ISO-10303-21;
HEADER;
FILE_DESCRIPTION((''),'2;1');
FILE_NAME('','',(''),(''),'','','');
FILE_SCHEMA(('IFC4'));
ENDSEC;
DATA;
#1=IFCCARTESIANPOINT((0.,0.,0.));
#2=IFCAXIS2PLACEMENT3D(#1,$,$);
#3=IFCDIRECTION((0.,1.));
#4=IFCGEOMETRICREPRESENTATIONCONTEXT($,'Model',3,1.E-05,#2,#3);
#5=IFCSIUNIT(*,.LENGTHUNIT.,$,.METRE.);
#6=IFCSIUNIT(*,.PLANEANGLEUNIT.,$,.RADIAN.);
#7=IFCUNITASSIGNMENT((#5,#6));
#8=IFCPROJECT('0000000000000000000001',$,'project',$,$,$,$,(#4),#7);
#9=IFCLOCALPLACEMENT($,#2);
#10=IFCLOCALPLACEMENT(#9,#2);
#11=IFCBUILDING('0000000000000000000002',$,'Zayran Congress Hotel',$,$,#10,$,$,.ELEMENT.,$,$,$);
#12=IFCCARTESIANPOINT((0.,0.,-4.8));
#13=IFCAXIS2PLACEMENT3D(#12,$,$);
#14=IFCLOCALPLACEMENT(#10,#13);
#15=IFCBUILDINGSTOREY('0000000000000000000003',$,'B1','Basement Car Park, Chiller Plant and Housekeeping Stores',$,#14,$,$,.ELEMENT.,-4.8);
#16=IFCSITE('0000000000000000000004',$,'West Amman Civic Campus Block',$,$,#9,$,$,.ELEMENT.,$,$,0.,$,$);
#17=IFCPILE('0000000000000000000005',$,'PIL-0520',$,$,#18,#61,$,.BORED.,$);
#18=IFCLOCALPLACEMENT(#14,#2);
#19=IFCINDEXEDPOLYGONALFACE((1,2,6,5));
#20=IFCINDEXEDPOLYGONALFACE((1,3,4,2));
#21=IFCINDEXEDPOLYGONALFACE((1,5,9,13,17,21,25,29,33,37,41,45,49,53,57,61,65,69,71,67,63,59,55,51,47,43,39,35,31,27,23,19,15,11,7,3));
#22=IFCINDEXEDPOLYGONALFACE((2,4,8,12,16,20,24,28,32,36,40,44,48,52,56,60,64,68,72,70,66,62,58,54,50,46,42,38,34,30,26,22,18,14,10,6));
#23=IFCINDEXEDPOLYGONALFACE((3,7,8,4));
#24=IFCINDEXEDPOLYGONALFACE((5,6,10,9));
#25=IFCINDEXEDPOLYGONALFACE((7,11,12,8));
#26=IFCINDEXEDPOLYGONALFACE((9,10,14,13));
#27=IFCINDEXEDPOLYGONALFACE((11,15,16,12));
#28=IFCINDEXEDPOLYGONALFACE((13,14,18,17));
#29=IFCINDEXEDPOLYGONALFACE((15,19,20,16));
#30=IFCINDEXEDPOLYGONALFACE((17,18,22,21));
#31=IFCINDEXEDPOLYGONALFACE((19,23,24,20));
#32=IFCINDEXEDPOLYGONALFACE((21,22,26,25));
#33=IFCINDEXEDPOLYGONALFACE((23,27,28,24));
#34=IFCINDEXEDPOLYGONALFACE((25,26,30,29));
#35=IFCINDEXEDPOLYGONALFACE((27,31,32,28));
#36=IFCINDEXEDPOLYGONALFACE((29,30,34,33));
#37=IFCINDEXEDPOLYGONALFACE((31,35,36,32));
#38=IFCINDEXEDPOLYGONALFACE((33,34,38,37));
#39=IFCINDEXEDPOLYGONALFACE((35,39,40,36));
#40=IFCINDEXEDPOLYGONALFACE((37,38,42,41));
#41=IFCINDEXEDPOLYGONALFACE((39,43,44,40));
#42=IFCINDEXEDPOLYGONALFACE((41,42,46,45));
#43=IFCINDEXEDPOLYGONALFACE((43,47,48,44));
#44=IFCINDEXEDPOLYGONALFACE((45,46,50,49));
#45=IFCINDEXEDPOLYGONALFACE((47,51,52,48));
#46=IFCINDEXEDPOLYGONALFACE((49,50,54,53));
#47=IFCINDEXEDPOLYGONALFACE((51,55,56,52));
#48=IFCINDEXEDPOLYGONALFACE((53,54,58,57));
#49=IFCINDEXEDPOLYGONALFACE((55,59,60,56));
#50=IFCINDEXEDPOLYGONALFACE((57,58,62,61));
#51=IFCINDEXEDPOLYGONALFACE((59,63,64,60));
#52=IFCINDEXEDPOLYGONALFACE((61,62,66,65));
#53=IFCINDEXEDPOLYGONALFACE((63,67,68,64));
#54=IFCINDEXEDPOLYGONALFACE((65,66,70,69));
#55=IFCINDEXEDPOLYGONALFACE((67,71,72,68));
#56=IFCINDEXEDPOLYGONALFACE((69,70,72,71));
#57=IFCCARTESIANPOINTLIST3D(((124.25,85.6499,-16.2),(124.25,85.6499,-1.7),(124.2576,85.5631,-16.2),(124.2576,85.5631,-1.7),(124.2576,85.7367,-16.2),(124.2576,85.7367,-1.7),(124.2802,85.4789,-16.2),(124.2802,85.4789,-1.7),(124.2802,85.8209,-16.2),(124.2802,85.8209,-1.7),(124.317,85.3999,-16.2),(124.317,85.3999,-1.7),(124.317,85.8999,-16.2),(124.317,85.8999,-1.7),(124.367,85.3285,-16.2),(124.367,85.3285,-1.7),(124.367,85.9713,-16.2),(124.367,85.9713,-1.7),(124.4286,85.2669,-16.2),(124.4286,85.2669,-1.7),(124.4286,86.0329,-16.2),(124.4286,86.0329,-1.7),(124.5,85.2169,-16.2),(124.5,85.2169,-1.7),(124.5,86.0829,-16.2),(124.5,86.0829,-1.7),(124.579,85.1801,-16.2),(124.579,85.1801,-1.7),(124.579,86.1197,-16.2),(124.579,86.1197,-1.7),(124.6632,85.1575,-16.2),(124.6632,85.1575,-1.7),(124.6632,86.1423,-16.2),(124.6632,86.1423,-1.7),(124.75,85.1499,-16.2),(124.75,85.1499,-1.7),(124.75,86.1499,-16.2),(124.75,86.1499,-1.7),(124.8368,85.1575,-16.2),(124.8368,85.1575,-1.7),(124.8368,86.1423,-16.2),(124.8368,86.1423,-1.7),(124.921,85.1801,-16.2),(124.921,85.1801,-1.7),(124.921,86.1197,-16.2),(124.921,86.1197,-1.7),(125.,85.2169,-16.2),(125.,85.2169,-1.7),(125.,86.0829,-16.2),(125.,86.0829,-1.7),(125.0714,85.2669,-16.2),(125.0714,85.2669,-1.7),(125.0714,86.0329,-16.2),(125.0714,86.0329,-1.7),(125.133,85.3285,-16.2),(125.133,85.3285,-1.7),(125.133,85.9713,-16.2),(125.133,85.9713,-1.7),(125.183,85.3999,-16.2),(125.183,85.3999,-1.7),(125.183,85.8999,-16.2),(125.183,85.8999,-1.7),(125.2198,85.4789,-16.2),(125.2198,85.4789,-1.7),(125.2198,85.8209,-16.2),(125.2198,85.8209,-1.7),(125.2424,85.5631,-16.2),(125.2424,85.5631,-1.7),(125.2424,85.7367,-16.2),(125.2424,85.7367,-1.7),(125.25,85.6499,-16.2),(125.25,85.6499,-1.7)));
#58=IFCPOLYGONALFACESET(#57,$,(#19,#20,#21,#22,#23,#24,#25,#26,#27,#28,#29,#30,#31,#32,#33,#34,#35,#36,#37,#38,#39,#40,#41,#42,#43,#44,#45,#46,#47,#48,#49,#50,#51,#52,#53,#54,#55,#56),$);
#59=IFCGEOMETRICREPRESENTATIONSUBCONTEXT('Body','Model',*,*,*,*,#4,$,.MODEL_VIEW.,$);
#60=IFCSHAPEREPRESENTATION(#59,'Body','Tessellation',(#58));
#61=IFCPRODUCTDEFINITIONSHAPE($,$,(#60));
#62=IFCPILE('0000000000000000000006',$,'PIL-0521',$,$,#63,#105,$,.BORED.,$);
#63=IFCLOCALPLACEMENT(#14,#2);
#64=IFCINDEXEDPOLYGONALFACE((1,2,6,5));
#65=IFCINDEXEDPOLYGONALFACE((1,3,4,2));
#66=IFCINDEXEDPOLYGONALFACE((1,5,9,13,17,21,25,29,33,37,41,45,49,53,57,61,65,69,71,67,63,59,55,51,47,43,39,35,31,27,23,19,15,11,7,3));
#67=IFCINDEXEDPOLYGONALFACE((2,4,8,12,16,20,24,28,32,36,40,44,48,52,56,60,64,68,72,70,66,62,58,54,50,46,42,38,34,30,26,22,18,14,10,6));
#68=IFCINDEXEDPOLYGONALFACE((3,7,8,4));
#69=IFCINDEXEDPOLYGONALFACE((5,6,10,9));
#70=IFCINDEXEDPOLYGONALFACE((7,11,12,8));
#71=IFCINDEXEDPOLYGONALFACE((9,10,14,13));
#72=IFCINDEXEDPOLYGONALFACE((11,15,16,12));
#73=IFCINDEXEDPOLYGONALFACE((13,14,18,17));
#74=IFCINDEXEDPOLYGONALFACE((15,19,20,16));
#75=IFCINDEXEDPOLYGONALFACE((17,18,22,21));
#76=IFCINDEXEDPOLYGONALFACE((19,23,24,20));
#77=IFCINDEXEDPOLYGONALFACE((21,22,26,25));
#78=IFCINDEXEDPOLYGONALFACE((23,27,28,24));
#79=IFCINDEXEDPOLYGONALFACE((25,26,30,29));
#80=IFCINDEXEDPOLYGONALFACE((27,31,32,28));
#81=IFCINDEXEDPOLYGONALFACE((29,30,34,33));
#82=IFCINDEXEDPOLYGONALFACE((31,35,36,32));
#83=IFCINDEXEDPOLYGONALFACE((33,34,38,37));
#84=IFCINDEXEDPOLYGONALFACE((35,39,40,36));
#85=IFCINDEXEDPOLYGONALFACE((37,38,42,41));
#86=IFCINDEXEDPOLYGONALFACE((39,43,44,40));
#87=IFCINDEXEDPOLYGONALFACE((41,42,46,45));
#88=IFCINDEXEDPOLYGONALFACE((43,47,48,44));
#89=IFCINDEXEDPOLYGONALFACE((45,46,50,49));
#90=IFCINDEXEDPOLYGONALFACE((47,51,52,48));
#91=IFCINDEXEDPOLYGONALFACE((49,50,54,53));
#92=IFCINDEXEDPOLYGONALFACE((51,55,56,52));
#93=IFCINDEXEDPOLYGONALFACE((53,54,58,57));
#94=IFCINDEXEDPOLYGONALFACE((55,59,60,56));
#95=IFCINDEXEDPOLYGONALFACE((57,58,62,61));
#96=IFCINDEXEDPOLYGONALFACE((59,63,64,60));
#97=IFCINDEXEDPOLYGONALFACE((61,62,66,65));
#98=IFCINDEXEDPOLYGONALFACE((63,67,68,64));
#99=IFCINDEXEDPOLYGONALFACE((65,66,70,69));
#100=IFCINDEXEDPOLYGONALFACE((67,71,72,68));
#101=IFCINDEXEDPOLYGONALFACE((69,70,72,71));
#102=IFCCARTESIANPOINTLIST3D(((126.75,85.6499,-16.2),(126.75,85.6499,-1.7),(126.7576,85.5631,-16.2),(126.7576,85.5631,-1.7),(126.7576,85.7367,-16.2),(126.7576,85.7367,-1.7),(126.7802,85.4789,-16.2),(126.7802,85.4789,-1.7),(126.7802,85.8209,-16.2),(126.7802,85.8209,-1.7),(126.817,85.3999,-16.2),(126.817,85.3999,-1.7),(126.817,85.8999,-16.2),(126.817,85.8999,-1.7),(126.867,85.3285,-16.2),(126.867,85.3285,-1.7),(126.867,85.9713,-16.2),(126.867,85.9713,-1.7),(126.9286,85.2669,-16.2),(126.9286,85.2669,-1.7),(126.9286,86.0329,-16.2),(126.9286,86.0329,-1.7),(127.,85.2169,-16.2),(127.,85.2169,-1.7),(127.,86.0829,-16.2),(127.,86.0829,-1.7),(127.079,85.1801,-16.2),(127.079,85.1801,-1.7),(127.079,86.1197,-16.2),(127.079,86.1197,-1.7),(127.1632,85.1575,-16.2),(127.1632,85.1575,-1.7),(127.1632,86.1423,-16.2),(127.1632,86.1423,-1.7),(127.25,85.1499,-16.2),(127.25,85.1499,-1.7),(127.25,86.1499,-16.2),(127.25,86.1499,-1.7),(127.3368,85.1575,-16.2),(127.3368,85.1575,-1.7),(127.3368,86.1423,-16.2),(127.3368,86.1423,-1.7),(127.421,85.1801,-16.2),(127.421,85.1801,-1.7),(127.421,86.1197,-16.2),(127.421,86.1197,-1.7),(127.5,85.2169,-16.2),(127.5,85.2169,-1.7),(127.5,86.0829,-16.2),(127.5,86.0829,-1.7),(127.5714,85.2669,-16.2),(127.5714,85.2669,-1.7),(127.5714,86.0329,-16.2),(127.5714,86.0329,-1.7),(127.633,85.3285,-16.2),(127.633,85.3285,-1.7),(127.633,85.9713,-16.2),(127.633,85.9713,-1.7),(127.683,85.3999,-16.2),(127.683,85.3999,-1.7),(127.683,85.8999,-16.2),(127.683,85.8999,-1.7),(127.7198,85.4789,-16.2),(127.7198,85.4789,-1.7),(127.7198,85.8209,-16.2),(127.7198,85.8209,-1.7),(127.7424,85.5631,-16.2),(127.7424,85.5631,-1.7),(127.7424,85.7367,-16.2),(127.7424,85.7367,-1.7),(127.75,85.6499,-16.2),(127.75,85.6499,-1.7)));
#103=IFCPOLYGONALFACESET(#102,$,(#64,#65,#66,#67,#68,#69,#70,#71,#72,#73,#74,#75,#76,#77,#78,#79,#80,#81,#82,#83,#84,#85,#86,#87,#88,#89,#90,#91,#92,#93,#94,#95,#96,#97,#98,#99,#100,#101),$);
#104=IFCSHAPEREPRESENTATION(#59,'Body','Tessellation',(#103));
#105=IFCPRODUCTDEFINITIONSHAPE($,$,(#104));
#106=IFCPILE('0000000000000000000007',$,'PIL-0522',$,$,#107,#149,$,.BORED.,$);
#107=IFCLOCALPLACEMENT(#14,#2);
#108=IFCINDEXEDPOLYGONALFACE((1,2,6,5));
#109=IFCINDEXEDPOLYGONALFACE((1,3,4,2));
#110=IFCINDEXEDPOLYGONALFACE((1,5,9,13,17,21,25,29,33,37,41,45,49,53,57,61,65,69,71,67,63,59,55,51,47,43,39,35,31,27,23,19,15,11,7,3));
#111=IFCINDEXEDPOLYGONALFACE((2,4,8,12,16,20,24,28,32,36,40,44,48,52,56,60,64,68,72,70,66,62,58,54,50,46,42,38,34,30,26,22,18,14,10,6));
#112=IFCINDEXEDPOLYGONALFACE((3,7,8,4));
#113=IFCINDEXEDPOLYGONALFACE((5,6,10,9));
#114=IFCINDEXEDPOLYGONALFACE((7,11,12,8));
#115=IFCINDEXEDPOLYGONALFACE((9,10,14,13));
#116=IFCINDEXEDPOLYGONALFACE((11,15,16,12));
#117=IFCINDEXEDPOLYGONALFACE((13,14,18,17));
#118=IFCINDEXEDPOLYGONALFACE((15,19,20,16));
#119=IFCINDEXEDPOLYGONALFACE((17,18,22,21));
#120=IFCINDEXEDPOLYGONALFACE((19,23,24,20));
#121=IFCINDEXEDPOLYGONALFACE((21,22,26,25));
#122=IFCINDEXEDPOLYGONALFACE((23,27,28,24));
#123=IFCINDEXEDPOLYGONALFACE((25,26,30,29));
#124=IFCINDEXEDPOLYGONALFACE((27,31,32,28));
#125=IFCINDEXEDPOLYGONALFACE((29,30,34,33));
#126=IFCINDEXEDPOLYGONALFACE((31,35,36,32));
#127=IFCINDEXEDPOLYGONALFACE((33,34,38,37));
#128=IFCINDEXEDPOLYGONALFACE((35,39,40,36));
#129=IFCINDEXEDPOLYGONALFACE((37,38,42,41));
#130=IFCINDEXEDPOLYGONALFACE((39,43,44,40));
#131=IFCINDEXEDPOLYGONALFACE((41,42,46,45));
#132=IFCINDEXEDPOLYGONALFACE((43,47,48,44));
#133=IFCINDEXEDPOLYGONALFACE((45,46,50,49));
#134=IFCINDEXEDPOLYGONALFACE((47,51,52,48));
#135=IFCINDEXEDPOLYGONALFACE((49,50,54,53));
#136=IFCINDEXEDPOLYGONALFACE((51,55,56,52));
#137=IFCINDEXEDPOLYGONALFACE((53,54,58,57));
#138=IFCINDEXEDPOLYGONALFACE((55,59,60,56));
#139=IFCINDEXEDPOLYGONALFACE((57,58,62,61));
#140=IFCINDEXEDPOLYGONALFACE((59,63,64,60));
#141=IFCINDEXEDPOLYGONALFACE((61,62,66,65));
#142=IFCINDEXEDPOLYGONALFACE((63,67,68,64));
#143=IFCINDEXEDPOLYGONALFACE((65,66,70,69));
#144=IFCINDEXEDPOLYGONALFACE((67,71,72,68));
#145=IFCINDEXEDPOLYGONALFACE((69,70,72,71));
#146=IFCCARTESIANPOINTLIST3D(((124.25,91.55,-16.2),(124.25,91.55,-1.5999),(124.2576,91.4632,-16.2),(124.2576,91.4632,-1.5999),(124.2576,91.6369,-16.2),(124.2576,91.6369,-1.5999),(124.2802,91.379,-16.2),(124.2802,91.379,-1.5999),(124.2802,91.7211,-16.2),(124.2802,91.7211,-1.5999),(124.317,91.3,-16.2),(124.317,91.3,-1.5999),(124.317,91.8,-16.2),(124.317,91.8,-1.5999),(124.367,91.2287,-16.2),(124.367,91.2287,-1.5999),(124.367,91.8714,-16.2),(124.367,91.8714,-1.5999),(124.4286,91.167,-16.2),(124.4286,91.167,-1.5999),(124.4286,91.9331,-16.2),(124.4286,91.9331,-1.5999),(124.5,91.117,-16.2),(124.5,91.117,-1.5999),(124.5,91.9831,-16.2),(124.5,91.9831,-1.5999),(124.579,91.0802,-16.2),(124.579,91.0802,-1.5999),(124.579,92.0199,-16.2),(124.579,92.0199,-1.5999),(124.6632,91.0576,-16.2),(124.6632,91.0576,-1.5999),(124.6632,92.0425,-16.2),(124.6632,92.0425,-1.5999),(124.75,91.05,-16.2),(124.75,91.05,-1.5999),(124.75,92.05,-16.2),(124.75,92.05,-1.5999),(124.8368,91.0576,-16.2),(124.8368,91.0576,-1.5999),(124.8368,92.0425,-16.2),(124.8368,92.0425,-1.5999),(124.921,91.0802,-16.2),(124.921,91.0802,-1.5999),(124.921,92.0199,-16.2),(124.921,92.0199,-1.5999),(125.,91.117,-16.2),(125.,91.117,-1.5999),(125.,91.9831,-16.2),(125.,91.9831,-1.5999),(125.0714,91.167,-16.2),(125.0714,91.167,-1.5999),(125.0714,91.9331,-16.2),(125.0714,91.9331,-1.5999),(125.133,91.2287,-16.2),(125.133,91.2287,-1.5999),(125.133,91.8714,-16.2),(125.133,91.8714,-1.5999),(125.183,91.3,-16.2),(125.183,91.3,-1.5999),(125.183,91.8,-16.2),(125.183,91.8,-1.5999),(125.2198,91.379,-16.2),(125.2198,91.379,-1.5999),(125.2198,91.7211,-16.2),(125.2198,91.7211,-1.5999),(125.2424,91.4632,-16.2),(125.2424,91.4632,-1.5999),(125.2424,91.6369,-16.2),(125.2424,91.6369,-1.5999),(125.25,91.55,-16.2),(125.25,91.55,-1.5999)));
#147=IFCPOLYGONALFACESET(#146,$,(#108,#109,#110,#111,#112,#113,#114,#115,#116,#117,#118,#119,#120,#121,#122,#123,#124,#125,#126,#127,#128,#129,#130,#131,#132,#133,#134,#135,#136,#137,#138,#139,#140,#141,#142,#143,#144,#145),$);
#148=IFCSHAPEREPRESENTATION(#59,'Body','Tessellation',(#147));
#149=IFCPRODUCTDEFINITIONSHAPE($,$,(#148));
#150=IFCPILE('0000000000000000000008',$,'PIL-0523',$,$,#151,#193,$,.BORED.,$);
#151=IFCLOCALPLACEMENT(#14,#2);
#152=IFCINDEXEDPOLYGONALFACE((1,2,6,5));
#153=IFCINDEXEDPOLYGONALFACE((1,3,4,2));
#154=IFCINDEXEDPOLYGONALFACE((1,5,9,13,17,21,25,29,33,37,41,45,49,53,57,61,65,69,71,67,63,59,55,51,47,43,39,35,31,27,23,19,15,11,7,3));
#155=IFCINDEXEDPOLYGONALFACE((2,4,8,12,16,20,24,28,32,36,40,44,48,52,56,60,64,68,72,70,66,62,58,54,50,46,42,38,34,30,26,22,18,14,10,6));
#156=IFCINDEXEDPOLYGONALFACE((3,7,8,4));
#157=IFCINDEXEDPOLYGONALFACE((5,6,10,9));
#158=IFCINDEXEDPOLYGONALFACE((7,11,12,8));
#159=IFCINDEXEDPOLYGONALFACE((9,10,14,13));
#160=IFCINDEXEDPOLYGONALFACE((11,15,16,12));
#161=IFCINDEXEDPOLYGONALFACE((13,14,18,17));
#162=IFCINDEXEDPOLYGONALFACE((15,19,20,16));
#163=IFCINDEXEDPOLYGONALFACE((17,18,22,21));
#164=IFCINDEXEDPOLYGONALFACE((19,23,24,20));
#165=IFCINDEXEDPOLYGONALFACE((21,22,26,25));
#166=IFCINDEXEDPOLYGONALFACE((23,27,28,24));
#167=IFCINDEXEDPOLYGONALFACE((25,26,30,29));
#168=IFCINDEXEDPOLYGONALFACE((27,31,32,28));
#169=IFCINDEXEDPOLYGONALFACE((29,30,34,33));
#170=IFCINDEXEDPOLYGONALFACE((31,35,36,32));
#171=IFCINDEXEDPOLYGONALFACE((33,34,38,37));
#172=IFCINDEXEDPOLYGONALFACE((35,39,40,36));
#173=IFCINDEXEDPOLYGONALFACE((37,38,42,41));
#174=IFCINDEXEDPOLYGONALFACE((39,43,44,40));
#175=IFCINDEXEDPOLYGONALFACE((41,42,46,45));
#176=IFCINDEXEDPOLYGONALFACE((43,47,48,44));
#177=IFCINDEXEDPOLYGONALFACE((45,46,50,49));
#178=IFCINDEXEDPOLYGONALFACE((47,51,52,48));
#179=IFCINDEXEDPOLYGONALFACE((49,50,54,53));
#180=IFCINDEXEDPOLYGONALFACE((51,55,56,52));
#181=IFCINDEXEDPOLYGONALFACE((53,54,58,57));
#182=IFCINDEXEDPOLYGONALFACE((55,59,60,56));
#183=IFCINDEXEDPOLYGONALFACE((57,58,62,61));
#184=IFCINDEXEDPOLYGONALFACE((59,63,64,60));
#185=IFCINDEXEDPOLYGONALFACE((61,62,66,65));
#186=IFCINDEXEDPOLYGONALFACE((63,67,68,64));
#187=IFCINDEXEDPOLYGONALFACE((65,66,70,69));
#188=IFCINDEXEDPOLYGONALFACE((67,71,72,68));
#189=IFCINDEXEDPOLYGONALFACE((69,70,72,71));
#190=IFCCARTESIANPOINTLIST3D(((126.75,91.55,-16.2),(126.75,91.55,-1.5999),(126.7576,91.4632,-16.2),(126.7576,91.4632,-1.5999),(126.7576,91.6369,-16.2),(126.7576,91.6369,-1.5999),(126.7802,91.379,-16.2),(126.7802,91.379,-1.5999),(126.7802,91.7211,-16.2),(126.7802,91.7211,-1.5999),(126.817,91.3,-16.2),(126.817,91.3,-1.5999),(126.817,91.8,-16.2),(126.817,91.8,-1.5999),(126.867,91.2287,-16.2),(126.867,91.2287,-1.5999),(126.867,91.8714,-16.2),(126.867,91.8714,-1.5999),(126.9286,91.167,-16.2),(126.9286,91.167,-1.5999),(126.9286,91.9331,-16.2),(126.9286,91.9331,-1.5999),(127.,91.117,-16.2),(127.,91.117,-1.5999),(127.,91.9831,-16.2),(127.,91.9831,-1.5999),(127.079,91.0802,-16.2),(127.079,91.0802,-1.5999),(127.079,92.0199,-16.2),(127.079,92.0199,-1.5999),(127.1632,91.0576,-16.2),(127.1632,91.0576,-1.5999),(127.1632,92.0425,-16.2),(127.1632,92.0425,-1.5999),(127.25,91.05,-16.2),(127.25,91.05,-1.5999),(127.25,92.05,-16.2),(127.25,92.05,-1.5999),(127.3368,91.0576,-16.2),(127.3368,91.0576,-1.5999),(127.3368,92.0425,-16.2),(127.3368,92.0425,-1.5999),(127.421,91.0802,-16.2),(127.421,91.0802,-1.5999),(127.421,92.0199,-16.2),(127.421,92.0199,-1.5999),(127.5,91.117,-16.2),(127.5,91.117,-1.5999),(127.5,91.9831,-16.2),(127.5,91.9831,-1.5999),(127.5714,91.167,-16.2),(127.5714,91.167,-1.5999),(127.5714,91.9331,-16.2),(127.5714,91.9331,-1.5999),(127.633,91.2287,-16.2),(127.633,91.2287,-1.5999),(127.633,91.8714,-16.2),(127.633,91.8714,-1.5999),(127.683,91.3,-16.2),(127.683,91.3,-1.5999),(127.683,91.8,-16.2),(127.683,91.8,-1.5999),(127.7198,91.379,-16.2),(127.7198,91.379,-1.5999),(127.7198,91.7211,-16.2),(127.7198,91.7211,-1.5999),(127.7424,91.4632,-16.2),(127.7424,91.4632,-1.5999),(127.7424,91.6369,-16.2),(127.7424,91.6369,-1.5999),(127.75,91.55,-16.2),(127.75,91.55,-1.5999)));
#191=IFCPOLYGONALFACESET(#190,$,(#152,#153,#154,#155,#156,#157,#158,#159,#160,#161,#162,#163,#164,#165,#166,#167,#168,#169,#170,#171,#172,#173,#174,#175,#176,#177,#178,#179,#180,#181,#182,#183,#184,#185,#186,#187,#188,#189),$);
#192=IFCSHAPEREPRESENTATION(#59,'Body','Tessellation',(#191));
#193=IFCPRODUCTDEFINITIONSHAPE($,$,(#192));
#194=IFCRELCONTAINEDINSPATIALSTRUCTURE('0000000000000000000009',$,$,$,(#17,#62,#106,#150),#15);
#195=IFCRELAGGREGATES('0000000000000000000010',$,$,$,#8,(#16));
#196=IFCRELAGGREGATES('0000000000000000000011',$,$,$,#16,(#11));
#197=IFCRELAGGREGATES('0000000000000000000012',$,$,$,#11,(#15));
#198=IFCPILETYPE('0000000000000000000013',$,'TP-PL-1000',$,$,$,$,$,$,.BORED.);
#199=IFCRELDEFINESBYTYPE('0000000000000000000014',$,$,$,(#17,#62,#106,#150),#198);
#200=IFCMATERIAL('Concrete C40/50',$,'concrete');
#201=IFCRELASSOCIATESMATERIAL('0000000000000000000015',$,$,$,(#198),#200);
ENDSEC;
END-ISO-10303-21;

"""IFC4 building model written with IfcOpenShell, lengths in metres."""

from ifc_helpers import new_model, si_unit, direction, frame, origin, origin_2d, place, context, subcontext, project, spatial, circle, extrude, material, material_profile, profile_set, type_object, element, save


model = new_model("IFC4")

# Units and contexts
model_context = context("Model", 3, precision=1e-05, world=origin(), true_north=direction((0.0, 1.0)))
body_context = subcontext(model_context, "Body", "Model", "MODEL_VIEW")
ifc_project = project(units=[si_unit("LENGTHUNIT", "METRE"), si_unit("PLANEANGLEUNIT", "RADIAN")], contexts=[model_context])

# Site, building, storey
site_placement = place(None, origin())
site = spatial("IfcSite", under=ifc_project, at=site_placement, Name="West Amman Civic Campus Block", CompositionType="ELEMENT", RefElevation=0.0)
building_placement = place(site_placement, origin())
building = spatial("IfcBuilding", under=site, at=building_placement, Name="Zayran Congress Hotel", CompositionType="ELEMENT")
storey_placement = place(building_placement, frame((0.0, 0.0, -4.8)))
storey = spatial("IfcBuildingStorey", under=building, at=storey_placement, Name="B1", Description="Basement Car Park, Chiller Plant and Housekeeping Stores", CompositionType="ELEMENT", Elevation=-4.8)

# Piles
ifc_material_1 = material(Name="Concrete C40/50", Category="concrete")
ifc_material_profile_1 = material_profile(ifc_material_1, circle(Radius=0.5, at=origin_2d()), Name="PILE D1000")
ifc_profile_set_1 = profile_set([ifc_material_profile_1], Name="Concrete C40/50")
pile_type = type_object("IfcPileType", Name="TP-PL-1000", PredefinedType="BORED", material=ifc_profile_set_1)
for number, where, z_axis, x_axis, name in (
    (1, (124.75, 85.6499, -1.7), (0.0, 0.0, -1.0), (1.0, 0.0, 0.0), "PIL-0520"),
    (2, (127.25, 85.6499, -1.7), (0.0, 0.0, -1.0), (1.0, 0.0, 0.0), "PIL-0521"),
):
    element("IfcPile", number, at=place(storey_placement, frame(where, z_axis=z_axis, x_axis=x_axis)), inside=storey, type_object=pile_type, Name=name, PredefinedType="BORED", context=body_context, shape_type="SweptSolid", body=[
        extrude(circle(Radius=0.5, at=origin_2d()), origin(), (0.0, 0.0, 1.0), 14.5),
    ])
for number, where, z_axis, x_axis, name in (
    (3, (124.75, 91.55, -1.5999), (0.0, 0.0, -1.0), (1.0, 0.0, 0.0), "PIL-0522"),
    (4, (127.25, 91.55, -1.5999), (0.0, 0.0, -1.0), (1.0, 0.0, 0.0), "PIL-0523"),
):
    element("IfcPile", number, at=place(storey_placement, frame(where, z_axis=z_axis, x_axis=x_axis)), inside=storey, type_object=pile_type, Name=name, PredefinedType="BORED", context=body_context, shape_type="SweptSolid", body=[
        extrude(circle(Radius=0.5, at=origin_2d()), origin(), (0.0, 0.0, 1.0), 14.6001),
    ])

save(model, "model.ifc")
